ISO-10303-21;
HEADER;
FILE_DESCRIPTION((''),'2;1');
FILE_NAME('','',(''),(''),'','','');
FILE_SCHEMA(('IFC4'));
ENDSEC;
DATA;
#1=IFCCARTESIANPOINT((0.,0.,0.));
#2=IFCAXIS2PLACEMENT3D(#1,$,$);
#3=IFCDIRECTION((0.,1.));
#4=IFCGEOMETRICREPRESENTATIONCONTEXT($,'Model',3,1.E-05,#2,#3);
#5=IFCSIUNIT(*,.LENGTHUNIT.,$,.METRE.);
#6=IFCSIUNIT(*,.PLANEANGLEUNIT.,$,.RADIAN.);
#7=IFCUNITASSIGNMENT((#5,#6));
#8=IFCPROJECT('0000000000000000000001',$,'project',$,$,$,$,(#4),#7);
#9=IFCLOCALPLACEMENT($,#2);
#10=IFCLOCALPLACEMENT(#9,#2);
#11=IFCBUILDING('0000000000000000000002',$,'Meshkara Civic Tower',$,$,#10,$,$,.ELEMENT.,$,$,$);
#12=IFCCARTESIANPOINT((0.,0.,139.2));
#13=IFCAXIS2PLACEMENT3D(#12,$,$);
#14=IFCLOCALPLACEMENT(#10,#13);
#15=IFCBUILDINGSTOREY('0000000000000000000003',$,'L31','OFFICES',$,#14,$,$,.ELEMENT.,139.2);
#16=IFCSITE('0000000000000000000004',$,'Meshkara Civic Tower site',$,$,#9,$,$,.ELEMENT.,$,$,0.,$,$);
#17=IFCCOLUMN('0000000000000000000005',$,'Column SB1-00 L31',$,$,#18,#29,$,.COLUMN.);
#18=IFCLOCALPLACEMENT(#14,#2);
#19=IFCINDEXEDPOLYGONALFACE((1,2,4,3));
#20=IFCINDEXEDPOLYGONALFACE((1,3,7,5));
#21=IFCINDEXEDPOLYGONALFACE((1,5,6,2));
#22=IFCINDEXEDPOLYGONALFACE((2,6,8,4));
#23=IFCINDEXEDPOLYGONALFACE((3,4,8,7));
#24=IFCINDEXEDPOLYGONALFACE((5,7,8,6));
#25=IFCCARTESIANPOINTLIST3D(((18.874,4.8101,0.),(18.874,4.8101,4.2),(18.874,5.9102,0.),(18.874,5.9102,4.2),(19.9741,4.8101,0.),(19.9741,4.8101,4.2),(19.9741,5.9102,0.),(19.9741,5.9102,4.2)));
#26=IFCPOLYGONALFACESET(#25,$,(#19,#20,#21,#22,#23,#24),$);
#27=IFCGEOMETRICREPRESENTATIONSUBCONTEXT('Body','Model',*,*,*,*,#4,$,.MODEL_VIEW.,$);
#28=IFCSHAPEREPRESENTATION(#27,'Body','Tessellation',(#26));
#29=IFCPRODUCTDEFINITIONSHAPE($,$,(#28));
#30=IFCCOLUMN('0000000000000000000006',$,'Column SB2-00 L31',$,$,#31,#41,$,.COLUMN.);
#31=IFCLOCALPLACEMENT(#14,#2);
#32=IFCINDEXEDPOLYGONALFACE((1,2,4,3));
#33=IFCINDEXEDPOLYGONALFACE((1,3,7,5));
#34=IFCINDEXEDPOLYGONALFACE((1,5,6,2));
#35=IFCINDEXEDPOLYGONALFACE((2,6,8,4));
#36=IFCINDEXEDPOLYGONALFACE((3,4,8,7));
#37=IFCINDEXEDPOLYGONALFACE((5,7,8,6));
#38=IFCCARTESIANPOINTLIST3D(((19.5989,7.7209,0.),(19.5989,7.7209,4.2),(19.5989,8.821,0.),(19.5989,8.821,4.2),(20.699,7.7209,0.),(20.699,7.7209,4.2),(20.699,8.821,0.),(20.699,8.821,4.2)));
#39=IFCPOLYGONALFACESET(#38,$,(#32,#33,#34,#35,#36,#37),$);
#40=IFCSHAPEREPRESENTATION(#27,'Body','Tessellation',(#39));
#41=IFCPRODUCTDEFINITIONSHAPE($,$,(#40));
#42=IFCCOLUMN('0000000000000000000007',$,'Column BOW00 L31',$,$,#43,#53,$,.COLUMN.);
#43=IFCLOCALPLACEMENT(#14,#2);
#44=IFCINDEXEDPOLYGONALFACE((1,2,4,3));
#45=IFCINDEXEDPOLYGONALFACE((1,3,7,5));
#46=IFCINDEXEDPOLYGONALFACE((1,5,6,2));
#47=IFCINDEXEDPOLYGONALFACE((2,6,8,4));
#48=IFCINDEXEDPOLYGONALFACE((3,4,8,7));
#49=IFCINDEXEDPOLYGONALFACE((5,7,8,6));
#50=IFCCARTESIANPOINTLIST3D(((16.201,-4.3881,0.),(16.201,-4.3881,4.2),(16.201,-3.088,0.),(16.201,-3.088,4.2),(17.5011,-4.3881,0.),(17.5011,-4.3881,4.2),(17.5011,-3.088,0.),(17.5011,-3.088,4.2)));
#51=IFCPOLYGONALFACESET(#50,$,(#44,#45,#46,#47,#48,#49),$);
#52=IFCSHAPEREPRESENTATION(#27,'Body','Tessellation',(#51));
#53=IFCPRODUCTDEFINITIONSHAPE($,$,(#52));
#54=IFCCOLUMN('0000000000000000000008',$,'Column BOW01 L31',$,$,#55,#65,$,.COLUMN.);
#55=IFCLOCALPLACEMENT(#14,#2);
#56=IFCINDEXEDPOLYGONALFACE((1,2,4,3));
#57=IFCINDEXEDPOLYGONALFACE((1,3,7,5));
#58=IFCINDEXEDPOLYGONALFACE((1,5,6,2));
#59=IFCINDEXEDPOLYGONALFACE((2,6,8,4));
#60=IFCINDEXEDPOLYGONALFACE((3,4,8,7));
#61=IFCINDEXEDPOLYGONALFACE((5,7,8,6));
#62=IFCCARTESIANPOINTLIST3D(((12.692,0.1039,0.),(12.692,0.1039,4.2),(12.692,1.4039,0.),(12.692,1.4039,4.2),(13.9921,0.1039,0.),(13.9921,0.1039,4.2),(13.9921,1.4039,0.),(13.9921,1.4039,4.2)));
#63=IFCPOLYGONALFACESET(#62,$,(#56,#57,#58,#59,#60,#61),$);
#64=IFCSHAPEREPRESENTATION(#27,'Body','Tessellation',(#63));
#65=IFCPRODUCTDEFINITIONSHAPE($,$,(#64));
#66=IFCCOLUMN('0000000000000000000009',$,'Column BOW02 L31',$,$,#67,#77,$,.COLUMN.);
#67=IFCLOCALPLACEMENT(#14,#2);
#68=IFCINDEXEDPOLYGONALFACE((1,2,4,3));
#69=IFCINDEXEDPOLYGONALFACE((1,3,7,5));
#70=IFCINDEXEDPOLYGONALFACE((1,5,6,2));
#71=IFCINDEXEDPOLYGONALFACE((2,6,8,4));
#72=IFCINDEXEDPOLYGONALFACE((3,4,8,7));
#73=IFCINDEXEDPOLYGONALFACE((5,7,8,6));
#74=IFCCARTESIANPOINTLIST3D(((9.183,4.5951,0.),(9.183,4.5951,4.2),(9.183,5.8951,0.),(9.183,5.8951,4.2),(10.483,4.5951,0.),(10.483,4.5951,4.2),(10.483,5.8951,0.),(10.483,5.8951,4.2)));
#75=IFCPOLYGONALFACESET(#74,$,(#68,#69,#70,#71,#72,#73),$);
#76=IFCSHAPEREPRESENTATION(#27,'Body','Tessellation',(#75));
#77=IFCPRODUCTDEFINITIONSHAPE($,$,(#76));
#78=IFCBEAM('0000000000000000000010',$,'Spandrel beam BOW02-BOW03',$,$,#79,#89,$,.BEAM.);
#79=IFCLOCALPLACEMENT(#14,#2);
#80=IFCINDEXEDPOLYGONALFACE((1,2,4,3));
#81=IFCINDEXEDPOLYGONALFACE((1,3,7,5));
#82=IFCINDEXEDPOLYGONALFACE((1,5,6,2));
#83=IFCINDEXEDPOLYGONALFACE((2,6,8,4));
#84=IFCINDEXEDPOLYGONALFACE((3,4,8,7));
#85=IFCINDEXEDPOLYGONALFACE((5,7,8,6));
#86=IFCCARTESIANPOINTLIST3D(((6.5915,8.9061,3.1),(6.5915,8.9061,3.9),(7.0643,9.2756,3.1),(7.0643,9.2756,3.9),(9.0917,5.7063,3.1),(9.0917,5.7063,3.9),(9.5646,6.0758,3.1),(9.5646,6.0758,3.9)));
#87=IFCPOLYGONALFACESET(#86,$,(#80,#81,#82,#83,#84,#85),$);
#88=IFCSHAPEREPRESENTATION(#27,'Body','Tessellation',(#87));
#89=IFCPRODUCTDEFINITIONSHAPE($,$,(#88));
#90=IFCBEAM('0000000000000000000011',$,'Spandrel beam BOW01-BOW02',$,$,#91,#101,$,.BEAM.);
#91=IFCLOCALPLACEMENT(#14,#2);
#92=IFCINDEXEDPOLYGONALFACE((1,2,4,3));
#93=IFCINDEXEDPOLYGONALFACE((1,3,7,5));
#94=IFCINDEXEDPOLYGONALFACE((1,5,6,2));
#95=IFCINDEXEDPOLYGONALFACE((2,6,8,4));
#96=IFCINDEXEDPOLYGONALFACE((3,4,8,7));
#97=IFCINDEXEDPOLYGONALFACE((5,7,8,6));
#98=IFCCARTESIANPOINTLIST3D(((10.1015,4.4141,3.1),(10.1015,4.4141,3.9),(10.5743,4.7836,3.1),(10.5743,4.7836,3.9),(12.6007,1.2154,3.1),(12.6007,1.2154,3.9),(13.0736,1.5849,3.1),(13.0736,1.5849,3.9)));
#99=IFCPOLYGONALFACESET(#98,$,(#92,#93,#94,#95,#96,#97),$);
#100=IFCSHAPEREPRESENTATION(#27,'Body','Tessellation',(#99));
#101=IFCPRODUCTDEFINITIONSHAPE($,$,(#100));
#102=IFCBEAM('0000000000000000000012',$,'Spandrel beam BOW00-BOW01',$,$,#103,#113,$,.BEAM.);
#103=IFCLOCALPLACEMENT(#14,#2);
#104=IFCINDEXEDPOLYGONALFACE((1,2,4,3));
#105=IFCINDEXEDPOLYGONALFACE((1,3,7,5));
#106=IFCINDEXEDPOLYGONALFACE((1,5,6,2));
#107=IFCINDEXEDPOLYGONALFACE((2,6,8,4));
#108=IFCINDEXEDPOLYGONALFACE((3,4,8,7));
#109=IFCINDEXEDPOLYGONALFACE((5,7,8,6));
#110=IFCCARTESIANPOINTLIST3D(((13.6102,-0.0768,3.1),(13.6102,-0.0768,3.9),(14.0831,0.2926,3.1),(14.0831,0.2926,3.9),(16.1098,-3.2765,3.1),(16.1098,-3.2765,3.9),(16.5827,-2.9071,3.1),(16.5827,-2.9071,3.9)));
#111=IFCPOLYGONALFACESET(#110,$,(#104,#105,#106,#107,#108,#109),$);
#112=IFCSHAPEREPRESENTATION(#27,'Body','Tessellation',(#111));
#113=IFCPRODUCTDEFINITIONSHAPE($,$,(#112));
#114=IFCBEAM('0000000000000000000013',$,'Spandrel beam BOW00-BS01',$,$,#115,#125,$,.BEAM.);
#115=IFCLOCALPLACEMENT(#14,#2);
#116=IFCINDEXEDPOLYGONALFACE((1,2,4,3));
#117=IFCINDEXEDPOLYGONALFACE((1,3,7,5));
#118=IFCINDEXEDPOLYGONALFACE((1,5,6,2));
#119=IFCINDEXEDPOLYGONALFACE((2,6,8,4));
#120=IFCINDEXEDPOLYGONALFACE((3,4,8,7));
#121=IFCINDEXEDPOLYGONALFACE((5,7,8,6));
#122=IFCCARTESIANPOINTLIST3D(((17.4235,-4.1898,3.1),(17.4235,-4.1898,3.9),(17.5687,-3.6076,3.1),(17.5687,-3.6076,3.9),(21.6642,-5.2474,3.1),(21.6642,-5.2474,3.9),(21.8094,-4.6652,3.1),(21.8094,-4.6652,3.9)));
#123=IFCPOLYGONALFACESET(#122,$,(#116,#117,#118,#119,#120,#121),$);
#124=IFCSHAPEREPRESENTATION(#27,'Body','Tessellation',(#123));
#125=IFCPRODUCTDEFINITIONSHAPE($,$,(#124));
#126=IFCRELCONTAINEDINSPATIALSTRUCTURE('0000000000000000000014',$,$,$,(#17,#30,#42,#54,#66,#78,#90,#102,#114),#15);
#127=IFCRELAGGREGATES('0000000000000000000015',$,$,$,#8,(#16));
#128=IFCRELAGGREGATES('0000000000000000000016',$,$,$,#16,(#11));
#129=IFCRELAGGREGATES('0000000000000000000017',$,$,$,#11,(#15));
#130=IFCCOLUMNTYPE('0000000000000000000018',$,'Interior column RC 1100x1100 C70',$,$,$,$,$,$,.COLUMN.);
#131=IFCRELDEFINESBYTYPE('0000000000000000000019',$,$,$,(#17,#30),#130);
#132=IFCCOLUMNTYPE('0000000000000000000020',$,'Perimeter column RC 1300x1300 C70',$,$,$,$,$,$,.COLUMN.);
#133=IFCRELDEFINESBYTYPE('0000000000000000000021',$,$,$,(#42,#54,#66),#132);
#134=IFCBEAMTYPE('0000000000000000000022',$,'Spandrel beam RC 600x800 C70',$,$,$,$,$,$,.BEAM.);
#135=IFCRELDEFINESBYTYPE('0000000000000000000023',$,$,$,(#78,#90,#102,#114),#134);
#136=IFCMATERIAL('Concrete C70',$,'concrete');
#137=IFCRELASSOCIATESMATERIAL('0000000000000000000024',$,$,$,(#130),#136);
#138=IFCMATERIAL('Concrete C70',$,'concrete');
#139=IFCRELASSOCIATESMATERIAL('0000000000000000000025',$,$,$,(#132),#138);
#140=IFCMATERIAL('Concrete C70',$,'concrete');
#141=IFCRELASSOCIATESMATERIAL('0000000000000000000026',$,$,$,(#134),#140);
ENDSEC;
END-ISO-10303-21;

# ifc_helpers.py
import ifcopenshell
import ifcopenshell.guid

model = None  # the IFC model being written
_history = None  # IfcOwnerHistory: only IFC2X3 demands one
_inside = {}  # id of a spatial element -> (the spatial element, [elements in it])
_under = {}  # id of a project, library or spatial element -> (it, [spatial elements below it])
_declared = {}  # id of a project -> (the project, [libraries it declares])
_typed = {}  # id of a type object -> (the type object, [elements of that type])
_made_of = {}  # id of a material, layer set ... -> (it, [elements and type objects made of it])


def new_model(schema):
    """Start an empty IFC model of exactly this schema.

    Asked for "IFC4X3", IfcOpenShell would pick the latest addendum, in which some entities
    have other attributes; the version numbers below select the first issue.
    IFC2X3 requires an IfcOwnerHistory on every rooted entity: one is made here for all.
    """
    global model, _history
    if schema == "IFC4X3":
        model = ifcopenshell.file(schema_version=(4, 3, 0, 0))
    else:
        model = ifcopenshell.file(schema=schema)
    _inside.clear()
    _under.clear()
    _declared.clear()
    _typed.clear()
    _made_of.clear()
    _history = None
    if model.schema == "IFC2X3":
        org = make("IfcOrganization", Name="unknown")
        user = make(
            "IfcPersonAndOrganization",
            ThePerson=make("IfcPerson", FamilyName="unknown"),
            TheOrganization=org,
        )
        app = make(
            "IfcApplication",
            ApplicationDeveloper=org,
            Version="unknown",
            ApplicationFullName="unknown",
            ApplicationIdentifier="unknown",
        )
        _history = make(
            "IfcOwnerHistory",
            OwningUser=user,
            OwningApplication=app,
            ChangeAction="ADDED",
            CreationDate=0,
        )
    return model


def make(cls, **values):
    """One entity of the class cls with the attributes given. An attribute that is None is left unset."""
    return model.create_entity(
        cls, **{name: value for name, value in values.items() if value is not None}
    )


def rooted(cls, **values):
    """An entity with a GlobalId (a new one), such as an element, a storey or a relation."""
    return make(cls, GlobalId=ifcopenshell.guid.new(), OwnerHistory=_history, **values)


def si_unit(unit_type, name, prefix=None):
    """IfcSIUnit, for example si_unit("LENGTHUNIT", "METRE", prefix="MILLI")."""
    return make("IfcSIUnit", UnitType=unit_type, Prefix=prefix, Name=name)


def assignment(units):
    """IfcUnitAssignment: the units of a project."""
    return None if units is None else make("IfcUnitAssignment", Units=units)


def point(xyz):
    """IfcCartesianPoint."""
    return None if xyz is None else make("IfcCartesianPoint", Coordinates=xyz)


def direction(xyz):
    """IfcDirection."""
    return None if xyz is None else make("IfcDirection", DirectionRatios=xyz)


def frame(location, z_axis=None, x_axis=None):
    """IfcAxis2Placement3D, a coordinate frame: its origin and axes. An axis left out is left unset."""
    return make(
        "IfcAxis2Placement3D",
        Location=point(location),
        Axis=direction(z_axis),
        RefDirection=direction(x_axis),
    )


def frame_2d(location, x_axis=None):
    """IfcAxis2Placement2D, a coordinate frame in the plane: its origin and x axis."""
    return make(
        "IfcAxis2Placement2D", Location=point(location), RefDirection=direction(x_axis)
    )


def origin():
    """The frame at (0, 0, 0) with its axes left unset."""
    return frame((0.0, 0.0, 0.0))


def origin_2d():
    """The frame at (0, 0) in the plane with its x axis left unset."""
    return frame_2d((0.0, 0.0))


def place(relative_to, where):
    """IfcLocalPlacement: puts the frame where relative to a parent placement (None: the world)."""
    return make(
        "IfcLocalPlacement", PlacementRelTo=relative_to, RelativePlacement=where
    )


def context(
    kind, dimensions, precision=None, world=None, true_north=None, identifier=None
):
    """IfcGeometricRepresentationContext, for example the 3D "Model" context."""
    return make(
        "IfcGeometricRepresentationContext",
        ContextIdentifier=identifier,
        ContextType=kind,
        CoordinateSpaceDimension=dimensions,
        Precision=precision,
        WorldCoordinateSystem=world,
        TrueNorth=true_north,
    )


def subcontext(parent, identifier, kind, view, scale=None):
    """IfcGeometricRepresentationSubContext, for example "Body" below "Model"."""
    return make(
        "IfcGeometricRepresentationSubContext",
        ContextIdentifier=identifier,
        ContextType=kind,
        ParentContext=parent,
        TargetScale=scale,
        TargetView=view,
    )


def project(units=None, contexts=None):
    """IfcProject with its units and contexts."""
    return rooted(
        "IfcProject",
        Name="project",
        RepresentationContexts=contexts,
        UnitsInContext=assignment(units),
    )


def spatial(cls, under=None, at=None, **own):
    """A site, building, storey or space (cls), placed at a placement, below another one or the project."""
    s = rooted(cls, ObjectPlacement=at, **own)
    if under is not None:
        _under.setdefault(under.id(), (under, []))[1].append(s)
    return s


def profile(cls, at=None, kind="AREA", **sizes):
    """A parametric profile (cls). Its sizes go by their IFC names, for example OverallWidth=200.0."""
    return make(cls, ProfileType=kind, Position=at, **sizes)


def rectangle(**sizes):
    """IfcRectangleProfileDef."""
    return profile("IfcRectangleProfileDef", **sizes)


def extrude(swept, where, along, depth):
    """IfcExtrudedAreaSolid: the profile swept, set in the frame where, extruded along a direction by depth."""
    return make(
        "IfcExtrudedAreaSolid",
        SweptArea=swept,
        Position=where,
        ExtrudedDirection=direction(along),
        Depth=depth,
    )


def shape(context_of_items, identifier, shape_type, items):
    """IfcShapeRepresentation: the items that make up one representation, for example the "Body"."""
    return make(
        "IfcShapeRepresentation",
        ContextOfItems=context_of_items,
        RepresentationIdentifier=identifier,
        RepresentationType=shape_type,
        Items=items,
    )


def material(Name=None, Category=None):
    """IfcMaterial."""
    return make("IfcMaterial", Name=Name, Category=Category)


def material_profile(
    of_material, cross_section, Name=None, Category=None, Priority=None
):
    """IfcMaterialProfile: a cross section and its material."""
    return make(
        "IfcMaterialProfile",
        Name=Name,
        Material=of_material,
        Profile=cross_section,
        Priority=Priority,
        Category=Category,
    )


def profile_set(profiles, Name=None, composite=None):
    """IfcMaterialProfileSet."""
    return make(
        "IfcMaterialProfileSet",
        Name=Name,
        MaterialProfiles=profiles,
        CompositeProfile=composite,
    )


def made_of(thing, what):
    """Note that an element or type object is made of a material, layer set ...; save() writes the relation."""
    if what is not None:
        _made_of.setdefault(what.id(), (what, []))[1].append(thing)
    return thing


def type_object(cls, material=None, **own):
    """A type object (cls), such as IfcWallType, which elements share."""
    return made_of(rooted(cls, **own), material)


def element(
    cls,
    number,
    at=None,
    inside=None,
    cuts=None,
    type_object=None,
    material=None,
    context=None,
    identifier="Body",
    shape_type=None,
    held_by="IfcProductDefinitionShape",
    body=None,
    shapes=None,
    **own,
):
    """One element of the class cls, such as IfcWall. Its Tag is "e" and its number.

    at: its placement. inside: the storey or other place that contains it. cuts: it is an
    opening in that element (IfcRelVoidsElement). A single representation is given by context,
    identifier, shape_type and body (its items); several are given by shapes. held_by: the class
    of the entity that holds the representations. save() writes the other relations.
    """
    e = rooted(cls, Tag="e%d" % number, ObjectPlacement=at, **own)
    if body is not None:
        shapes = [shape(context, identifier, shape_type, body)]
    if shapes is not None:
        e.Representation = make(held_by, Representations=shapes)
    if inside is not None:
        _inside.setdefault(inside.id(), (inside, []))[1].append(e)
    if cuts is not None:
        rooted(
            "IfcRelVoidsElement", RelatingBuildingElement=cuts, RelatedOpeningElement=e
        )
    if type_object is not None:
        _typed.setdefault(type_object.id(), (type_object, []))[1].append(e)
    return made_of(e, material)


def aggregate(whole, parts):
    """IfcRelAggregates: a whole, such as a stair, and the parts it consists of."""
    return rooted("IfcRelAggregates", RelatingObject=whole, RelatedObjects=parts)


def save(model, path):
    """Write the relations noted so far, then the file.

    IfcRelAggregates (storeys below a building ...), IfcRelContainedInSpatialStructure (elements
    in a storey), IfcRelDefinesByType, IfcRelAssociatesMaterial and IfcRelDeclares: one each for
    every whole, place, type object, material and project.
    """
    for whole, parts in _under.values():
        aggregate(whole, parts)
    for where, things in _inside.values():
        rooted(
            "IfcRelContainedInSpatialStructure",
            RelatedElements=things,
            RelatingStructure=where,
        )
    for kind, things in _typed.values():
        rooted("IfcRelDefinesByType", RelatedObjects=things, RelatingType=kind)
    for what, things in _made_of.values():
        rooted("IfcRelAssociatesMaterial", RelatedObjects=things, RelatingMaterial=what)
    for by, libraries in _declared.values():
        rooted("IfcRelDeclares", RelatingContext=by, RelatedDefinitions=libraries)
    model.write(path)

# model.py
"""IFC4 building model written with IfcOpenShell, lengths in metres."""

from ifc_helpers import new_model, si_unit, direction, frame, origin, origin_2d, place, context, subcontext, project, spatial, rectangle, extrude, material, material_profile, profile_set, type_object, element, save


model = new_model("IFC4")

# Units and contexts
model_context = context("Model", 3, precision=1e-05, world=origin(), true_north=direction((0.0, 1.0)))
body_context = subcontext(model_context, "Body", "Model", "MODEL_VIEW")
ifc_project = project(units=[si_unit("LENGTHUNIT", "METRE"), si_unit("PLANEANGLEUNIT", "RADIAN")], contexts=[model_context])

# Site, building, storey
site_placement = place(None, origin())
site = spatial("IfcSite", under=ifc_project, at=site_placement, Name="Meshkara Civic Tower site", CompositionType="ELEMENT", RefElevation=0.0)
building_placement = place(site_placement, origin())
building = spatial("IfcBuilding", under=site, at=building_placement, Name="Meshkara Civic Tower", CompositionType="ELEMENT")
storey_placement = place(building_placement, frame((0.0, 0.0, 139.2)))
storey = spatial("IfcBuildingStorey", under=building, at=storey_placement, Name="L31", Description="OFFICES", CompositionType="ELEMENT", Elevation=139.2)

# Columns
ifc_material_1 = material(Name="Concrete C70", Category="concrete")
ifc_material_profile_1 = material_profile(ifc_material_1, rectangle(XDim=1.1001, YDim=1.1001, at=origin_2d()))
ifc_profile_set_1 = profile_set([ifc_material_profile_1], Name="Concrete C70")
column_type_1 = type_object("IfcColumnType", Name="Interior column RC 1100x1100 C70", PredefinedType="COLUMN", material=ifc_profile_set_1)
for number, where, z_axis, x_axis, name in (
    (1, (19.4241, 5.3601, 0.0), (0.0, 0.0, 1.0), (1.0, 0.0, 0.0), "Column SB1-00 L31"),
    (2, (20.1489, 8.271, 0.0), (0.0, 0.0, 1.0), (1.0, 0.0, 0.0), "Column SB2-00 L31"),
):
    element("IfcColumn", number, at=place(storey_placement, frame(where, z_axis=z_axis, x_axis=x_axis)), inside=storey, type_object=column_type_1, Name=name, PredefinedType="COLUMN", context=body_context, shape_type="SweptSolid", body=[
        extrude(rectangle(XDim=1.1001, YDim=1.1001, at=origin_2d()), origin(), (0.0, 0.0, 1.0), 4.2),
    ])
ifc_material_2 = material(Name="Concrete C70", Category="concrete")
ifc_material_profile_2 = material_profile(ifc_material_2, rectangle(XDim=1.3, YDim=1.3, at=origin_2d()))
ifc_profile_set_2 = profile_set([ifc_material_profile_2], Name="Concrete C70")
column_type_2 = type_object("IfcColumnType", Name="Perimeter column RC 1300x1300 C70", PredefinedType="COLUMN", material=ifc_profile_set_2)
for number, where, z_axis, x_axis, name in (
    (3, (16.8511, -3.738, 0.0), (0.0, 0.0, 1.0), (1.0, 0.0, 0.0), "Column BOW00 L31"),
    (4, (13.342, 0.7539, 0.0), (0.0, 0.0, 1.0), (1.0, 0.0, 0.0), "Column BOW01 L31"),
    (5, (9.833, 5.2451, 0.0), (0.0, 0.0, 1.0), (1.0, 0.0, 0.0), "Column BOW02 L31"),
):
    element("IfcColumn", number, at=place(storey_placement, frame(where, z_axis=z_axis, x_axis=x_axis)), inside=storey, type_object=column_type_2, Name=name, PredefinedType="COLUMN", context=body_context, shape_type="SweptSolid", body=[
        extrude(rectangle(XDim=1.3, YDim=1.3, at=origin_2d()), origin(), (0.0, 0.0, 1.0), 4.2),
    ])

# Beams
ifc_material_3 = material(Name="Concrete C70", Category="concrete")
ifc_material_profile_3 = material_profile(ifc_material_3, rectangle(XDim=0.6001, YDim=0.8, at=origin_2d()))
ifc_profile_set_3 = profile_set([ifc_material_profile_3], Name="Concrete C70")
beam_type = type_object("IfcBeamType", Name="Spandrel beam RC 600x800 C70", PredefinedType="BEAM", material=ifc_profile_set_3)
beam_1_placement = place(storey_placement, frame((6.8279, 9.0908, 3.5), z_axis=(0.615716, -0.787968, 0.0), x_axis=(0.787968, 0.615716, 0.0)))
element("IfcBeam", 6, at=beam_1_placement, inside=storey, type_object=beam_type, Name="Spandrel beam BOW02-BOW03", PredefinedType="BEAM", context=body_context, shape_type="SweptSolid", body=[
    extrude(rectangle(XDim=0.6001, YDim=0.8, at=origin_2d()), origin(), (0.0, 0.0, 1.0), 4.0608),
])
beam_2_placement = place(storey_placement, frame((10.3379, 4.5989, 3.5), z_axis=(0.615684, -0.787993, 0.0), x_axis=(0.787993, 0.615684, 0.0)))
element("IfcBeam", 7, at=beam_2_placement, inside=storey, type_object=beam_type, Name="Spandrel beam BOW01-BOW02", PredefinedType="BEAM", context=body_context, shape_type="SweptSolid", body=[
    extrude(rectangle(XDim=0.6001, YDim=0.8, at=origin_2d()), origin(), (0.0, 0.0, 1.0), 4.0593),
])
beam_3_placement = place(storey_placement, frame((13.8467, 0.1079, 3.5), z_axis=(0.615604, -0.788055, 0.0), x_axis=(0.788055, 0.615604, 0.0)))
element("IfcBeam", 8, at=beam_3_placement, inside=storey, type_object=beam_type, Name="Spandrel beam BOW00-BOW01", PredefinedType="BEAM", context=body_context, shape_type="SweptSolid", body=[
    extrude(rectangle(XDim=0.6001, YDim=0.8, at=origin_2d()), origin(), (0.0, 0.0, 1.0), 4.0603),
])
beam_4_placement = place(storey_placement, frame((17.4961, -3.8987, 3.5), z_axis=(0.97028, -0.241984, 0.0), x_axis=(0.241984, 0.97028, 0.0)))
element("IfcBeam", 9, at=beam_4_placement, inside=storey, type_object=beam_type, Name="Spandrel beam BOW00-BS01", PredefinedType="BEAM", context=body_context, shape_type="SweptSolid", body=[
    extrude(rectangle(XDim=0.6001, YDim=0.8, at=origin_2d()), origin(), (0.0, 0.0, 1.0), 4.3706),
])

save(model, "model.ifc")
